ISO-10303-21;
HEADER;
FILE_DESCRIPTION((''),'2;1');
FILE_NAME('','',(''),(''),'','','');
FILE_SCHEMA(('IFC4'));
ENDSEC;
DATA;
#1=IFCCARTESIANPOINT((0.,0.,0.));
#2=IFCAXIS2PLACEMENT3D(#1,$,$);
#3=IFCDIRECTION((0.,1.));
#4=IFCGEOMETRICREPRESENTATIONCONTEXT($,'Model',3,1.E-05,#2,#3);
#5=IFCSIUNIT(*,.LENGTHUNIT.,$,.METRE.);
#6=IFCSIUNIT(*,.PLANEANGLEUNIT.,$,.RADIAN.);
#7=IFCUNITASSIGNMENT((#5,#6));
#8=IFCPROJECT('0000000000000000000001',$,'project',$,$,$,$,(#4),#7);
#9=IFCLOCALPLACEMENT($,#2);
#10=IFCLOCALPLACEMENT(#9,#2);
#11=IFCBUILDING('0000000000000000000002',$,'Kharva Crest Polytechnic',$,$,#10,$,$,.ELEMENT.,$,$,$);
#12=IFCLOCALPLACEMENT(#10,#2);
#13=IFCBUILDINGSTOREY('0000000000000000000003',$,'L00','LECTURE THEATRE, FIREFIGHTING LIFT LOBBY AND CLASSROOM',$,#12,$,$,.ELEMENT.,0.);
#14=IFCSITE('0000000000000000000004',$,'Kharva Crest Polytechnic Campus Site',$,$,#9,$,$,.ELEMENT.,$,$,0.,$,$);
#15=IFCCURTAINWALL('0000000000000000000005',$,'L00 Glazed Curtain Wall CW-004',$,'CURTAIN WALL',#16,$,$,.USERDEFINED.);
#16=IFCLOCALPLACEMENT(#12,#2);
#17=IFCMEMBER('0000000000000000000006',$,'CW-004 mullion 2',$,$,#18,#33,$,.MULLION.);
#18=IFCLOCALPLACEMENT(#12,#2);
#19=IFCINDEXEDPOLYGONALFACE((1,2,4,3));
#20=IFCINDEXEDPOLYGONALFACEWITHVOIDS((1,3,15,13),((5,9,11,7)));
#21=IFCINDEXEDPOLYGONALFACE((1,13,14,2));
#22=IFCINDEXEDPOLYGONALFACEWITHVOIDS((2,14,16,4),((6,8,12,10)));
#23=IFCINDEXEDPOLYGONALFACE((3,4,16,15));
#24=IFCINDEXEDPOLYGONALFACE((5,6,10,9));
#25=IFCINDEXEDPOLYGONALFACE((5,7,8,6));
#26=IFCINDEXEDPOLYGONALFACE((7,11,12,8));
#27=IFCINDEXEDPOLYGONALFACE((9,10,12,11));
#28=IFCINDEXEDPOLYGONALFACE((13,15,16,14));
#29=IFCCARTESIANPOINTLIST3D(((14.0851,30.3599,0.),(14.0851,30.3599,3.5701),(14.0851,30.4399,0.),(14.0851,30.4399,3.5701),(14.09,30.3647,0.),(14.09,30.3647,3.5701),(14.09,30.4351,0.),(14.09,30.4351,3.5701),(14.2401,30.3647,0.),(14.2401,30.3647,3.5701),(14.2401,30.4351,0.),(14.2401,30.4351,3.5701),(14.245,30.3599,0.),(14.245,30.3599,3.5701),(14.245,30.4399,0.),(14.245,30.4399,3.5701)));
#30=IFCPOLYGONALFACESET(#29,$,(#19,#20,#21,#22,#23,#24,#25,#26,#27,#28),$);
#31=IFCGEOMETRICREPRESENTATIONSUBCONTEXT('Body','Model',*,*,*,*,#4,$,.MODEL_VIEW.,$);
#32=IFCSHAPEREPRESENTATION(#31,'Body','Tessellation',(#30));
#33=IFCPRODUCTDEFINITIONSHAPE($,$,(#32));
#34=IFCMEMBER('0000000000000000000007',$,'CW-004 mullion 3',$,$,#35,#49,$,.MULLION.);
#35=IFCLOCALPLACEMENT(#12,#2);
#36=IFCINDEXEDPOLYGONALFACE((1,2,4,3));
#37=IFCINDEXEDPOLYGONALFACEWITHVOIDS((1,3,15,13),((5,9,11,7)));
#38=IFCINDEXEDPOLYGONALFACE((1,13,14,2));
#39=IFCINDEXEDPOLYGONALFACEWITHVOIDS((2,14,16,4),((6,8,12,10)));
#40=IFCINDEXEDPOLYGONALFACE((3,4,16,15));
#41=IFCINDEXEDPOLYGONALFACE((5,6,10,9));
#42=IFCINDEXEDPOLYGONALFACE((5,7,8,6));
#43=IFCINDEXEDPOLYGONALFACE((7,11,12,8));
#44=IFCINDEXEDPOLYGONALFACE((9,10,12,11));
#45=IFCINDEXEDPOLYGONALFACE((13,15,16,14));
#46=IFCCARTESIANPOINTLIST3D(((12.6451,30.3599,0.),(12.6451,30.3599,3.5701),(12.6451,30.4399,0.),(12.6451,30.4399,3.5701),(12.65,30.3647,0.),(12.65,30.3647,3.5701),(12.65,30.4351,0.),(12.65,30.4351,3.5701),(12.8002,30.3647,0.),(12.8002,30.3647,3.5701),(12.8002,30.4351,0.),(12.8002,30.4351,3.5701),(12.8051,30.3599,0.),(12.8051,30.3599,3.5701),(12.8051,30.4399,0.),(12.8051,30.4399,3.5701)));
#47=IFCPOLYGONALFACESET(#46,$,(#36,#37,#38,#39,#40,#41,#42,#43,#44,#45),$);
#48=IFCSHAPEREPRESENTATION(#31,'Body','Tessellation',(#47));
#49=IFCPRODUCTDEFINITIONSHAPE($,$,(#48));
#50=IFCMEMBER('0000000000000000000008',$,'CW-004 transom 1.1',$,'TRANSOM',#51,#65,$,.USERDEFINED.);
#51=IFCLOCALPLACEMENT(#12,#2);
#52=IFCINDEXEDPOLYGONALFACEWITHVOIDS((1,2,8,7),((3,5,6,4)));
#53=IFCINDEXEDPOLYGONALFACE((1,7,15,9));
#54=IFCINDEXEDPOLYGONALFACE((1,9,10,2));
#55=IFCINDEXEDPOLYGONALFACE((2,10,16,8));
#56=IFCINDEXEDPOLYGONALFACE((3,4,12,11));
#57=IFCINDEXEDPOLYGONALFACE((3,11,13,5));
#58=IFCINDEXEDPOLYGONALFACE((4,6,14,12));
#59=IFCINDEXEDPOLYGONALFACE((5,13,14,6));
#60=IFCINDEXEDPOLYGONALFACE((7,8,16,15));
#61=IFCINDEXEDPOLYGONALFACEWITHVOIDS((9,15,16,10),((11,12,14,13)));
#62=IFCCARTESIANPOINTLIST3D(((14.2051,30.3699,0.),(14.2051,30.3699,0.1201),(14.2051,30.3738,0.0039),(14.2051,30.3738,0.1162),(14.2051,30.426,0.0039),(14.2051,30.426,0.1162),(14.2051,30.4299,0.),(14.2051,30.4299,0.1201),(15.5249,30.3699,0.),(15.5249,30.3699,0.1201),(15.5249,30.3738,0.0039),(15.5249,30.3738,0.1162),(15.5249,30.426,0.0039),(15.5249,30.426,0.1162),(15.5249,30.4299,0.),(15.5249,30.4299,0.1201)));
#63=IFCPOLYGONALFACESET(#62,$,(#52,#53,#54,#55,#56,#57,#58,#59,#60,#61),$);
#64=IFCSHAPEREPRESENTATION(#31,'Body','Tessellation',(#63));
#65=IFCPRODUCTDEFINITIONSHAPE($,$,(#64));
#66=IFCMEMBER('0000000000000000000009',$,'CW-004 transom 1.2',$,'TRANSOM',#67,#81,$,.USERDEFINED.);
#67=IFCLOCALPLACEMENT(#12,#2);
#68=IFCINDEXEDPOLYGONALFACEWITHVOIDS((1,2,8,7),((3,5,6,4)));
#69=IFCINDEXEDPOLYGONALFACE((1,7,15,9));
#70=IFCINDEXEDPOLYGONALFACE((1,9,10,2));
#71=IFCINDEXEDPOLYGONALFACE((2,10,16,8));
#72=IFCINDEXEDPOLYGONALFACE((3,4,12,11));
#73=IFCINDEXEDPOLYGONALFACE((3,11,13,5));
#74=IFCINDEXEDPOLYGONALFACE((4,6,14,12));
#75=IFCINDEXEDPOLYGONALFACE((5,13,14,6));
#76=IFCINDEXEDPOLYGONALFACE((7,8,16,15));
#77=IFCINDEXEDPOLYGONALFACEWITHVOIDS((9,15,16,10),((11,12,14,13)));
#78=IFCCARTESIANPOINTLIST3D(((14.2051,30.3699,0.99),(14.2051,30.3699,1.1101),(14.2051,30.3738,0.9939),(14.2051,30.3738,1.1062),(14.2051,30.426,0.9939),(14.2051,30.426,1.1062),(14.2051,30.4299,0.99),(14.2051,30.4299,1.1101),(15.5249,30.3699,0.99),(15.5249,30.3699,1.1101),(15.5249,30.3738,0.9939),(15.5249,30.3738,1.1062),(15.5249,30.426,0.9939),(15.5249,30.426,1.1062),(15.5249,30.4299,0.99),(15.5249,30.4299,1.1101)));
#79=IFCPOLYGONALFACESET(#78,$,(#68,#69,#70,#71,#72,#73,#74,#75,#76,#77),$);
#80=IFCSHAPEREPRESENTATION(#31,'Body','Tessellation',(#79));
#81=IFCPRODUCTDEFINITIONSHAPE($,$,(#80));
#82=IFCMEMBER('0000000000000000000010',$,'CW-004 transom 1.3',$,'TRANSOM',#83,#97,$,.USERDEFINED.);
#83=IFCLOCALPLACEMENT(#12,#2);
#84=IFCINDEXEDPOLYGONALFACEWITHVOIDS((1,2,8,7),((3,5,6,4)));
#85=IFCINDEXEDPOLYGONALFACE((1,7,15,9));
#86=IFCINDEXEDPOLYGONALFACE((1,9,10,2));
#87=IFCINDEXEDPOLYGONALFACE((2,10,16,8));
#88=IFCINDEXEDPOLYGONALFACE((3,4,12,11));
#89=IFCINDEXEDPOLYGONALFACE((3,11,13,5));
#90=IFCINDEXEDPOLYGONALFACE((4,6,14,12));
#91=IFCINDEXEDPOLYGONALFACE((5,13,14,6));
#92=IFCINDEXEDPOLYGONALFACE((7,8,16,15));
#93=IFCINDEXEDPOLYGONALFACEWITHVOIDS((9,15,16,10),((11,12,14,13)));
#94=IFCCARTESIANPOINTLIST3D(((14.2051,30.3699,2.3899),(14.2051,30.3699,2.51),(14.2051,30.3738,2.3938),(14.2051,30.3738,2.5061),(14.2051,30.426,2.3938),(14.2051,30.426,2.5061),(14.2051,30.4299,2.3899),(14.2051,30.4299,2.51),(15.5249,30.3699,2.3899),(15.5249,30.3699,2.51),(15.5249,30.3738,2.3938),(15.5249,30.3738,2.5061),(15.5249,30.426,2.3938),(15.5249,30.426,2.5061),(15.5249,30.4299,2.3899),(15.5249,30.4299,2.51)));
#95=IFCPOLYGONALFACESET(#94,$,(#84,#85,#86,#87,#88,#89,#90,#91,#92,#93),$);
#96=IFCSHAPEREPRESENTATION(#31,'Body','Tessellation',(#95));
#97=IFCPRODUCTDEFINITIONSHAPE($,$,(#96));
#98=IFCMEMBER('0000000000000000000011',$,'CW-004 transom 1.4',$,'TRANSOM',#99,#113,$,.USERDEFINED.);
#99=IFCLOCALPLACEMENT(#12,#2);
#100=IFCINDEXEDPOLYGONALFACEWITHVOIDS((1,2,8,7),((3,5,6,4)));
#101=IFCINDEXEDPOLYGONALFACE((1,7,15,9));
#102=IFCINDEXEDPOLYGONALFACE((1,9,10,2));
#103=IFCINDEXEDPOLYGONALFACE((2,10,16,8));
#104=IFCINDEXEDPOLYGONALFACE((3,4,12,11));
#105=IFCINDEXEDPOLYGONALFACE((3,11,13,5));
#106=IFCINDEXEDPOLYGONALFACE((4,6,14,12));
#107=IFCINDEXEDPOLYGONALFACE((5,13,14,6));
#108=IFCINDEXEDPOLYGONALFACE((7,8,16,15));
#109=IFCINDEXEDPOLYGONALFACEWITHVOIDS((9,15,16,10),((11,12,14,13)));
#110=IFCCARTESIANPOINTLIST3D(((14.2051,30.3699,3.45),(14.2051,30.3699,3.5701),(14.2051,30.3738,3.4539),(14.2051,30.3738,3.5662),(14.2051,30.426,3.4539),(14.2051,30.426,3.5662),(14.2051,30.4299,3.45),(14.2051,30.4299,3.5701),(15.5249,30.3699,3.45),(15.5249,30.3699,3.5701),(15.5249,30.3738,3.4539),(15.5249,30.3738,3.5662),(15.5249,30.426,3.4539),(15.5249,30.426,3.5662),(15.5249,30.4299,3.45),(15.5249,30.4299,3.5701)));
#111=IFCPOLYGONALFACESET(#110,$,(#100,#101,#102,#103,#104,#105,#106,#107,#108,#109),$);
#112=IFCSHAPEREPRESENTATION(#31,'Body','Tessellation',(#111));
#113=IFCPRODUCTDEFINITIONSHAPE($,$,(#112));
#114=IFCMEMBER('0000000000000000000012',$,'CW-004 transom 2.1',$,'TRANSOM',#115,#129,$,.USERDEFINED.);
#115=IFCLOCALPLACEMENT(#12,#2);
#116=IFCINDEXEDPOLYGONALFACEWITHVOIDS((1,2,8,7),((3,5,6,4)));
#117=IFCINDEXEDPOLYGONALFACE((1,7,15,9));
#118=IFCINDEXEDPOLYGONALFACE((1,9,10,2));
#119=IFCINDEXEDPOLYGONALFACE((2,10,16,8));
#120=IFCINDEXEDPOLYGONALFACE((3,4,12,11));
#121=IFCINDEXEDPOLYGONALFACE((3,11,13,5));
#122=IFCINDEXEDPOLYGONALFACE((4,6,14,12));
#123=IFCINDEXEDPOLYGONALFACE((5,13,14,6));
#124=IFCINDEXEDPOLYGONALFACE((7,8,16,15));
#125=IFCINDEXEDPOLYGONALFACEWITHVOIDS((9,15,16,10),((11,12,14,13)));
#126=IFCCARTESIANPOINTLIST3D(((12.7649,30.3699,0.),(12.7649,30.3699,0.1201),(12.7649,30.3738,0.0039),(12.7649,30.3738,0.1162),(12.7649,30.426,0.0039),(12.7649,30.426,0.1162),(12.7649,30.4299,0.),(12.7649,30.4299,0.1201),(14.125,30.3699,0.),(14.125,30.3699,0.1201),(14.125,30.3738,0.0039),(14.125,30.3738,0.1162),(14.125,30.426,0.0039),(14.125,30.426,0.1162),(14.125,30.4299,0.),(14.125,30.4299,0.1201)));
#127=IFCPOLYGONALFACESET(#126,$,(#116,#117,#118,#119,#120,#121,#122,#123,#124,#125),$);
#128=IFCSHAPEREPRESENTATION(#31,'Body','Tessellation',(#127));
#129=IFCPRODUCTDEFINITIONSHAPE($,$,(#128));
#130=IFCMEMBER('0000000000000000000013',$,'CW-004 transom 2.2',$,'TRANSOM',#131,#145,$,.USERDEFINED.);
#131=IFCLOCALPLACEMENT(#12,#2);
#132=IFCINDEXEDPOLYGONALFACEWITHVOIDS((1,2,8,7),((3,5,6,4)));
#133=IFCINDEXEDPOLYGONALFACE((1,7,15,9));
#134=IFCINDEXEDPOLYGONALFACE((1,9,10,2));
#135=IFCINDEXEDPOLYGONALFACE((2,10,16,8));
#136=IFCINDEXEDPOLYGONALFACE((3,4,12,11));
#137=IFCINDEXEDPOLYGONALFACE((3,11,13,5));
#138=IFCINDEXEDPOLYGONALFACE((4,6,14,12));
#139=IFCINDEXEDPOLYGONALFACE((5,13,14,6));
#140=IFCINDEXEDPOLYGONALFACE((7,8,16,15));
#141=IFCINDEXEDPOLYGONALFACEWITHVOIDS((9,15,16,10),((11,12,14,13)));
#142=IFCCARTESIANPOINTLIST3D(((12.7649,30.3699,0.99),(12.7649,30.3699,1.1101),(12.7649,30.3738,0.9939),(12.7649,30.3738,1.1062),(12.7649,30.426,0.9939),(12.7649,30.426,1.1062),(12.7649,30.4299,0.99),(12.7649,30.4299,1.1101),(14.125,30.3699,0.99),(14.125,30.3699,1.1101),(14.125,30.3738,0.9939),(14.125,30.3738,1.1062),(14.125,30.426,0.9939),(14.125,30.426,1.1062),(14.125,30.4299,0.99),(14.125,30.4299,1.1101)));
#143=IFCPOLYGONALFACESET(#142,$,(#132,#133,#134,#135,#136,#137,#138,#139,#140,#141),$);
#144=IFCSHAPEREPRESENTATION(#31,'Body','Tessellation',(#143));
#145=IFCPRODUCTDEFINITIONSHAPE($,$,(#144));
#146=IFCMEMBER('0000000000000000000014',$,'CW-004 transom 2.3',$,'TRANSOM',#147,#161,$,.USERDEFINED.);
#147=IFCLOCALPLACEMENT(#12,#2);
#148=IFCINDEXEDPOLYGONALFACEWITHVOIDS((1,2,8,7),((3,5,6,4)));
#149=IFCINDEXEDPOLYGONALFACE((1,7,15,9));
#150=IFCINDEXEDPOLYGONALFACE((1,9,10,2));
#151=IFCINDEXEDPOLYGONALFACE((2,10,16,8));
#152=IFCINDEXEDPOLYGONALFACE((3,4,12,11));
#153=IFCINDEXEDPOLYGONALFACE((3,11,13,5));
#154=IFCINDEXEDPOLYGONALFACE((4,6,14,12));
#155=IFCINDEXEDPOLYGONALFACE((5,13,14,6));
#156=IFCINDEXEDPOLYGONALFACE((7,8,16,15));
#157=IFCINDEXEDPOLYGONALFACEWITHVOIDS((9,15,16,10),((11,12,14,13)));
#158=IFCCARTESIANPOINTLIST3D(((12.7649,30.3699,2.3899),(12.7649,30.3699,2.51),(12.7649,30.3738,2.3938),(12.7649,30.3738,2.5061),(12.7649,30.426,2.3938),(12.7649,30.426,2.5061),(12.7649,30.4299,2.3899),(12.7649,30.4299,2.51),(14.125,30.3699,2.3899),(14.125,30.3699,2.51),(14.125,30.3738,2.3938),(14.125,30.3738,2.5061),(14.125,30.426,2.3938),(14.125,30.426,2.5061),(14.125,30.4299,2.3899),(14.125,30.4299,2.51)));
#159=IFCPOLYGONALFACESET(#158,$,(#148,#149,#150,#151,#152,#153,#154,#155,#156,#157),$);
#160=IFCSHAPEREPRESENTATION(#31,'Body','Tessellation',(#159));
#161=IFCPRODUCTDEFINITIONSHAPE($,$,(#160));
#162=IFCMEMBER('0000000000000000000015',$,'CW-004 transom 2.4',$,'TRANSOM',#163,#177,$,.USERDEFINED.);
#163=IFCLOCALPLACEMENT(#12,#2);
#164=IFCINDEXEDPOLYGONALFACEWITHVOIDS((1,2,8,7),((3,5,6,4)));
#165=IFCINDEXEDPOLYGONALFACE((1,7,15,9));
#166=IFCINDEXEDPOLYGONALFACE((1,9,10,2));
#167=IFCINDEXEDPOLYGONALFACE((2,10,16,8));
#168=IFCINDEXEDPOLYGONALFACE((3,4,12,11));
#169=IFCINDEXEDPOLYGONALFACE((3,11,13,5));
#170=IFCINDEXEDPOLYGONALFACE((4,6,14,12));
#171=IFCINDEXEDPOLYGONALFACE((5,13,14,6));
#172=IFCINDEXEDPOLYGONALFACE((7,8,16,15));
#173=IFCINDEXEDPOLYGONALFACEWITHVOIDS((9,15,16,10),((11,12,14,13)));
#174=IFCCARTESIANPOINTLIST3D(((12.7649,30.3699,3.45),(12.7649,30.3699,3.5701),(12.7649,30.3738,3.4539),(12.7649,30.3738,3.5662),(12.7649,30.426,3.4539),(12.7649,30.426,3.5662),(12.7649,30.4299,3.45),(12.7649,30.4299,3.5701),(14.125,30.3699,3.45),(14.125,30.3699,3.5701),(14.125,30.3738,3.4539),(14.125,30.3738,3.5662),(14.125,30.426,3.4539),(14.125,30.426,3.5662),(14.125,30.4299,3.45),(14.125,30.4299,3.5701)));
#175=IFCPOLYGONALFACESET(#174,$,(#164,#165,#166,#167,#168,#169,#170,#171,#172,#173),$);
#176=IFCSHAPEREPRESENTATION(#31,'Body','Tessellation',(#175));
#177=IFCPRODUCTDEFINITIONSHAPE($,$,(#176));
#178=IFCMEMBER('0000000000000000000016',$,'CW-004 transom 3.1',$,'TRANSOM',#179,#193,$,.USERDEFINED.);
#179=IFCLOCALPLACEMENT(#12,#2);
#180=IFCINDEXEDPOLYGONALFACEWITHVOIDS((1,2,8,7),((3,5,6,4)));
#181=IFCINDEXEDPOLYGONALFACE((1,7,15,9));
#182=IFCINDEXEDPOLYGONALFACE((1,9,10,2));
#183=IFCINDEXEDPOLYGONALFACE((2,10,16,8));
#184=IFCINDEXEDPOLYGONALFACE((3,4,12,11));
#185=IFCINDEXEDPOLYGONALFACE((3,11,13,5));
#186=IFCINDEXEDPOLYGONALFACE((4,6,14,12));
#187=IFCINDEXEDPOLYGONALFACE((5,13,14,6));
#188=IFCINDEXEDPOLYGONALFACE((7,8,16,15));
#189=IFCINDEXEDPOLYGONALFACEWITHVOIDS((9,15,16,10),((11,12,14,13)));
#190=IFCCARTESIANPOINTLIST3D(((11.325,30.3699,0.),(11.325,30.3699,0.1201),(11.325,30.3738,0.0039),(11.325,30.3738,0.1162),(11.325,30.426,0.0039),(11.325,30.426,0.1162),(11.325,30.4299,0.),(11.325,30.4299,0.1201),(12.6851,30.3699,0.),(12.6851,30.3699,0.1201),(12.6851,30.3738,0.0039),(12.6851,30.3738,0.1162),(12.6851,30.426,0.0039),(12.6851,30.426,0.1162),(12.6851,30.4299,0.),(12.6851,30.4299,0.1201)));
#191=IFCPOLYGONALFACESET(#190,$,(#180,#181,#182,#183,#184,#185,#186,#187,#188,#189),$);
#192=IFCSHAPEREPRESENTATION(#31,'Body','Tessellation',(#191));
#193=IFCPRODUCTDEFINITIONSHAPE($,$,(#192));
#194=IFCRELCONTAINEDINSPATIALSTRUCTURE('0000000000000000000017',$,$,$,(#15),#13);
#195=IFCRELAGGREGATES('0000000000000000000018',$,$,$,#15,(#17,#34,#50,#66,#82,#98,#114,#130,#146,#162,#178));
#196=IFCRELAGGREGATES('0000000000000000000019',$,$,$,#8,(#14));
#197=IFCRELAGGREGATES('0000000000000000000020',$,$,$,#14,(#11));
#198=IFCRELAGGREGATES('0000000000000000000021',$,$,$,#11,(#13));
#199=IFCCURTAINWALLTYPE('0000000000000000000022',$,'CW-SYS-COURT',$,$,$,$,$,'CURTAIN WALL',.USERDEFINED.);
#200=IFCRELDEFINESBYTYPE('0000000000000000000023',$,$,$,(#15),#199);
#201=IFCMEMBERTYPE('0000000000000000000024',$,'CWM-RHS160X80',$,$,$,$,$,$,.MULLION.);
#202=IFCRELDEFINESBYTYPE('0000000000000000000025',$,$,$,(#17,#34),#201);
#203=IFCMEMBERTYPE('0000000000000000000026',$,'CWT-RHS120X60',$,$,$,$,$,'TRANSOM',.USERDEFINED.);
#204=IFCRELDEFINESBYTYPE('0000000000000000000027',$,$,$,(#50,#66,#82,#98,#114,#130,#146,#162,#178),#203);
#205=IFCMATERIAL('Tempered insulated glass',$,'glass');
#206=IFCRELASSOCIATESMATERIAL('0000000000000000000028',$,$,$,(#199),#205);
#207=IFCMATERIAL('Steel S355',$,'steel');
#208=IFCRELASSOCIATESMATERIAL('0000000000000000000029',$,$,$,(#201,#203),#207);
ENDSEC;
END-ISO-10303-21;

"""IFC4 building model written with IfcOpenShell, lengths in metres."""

from ifc_helpers import new_model, si_unit, direction, frame, origin, origin_2d, place, context, subcontext, project, spatial, hollow_rectangle, extrude, material, material_profile, profile_set, type_object, element, aggregate, save


model = new_model("IFC4")

# Units and contexts
model_context = context("Model", 3, precision=1e-05, world=origin(), true_north=direction((0.0, 1.0)))
body_context = subcontext(model_context, "Body", "Model", "MODEL_VIEW")
ifc_project = project(units=[si_unit("LENGTHUNIT", "METRE"), si_unit("PLANEANGLEUNIT", "RADIAN")], contexts=[model_context])

# Site, building, storey
site_placement = place(None, origin())
site = spatial("IfcSite", under=ifc_project, at=site_placement, Name="Kharva Crest Polytechnic Campus Site", CompositionType="ELEMENT", RefElevation=0.0)
building_placement = place(site_placement, origin())
building = spatial("IfcBuilding", under=site, at=building_placement, Name="Kharva Crest Polytechnic", CompositionType="ELEMENT")
storey_placement = place(building_placement, origin())
storey = spatial("IfcBuildingStorey", under=building, at=storey_placement, Name="L00", Description="LECTURE THEATRE, FIREFIGHTING LIFT LOBBY AND CLASSROOM", CompositionType="ELEMENT", Elevation=0.0)

# Shared definitions
ifc_material_1 = material(Name="Tempered insulated glass", Category="glass")
curtain_wall_type = type_object("IfcCurtainWallType", Name="CW-SYS-COURT", ElementType="CURTAIN WALL", PredefinedType="USERDEFINED", material=ifc_material_1)
ifc_material_2 = material(Name="Steel S355", Category="steel")
ifc_material_profile_1 = material_profile(ifc_material_2, hollow_rectangle(XDim=0.0801, YDim=0.1599, WallThickness=0.0049, at=origin_2d()), Name="RHS 160X80X5.0")
ifc_profile_set_1 = profile_set([ifc_material_profile_1], Name="Steel S355")
member_type_1 = type_object("IfcMemberType", Name="CWM-RHS160X80", PredefinedType="MULLION", material=ifc_profile_set_1)

# Curtain wall, members
curtain_wall_1_placement = place(storey_placement, origin())
curtain_wall_1 = element("IfcCurtainWall", 1, at=curtain_wall_1_placement, inside=storey, type_object=curtain_wall_type, Name="L00 Glazed Curtain Wall CW-004", ObjectType="CURTAIN WALL", PredefinedType="USERDEFINED")
member_1_placement = place(storey_placement, frame((14.165, 30.3999, 0.0), z_axis=(0.0, 0.0, 1.0), x_axis=(0.0, -1.0, 0.0)))
member_1 = element("IfcMember", 2, at=member_1_placement, type_object=member_type_1, Name="CW-004 mullion 2", PredefinedType="MULLION", context=body_context, shape_type="SweptSolid", body=[
    extrude(hollow_rectangle(XDim=0.0801, YDim=0.1599, WallThickness=0.0049, at=origin_2d()), origin(), (0.0, 0.0, 1.0), 3.5701),
])
member_2_placement = place(storey_placement, frame((12.7251, 30.3999, 0.0), z_axis=(0.0, 0.0, 1.0), x_axis=(0.0, -1.0, 0.0)))
member_2 = element("IfcMember", 3, at=member_2_placement, type_object=member_type_1, Name="CW-004 mullion 3", PredefinedType="MULLION", context=body_context, shape_type="SweptSolid", body=[
    extrude(hollow_rectangle(XDim=0.0801, YDim=0.1599, WallThickness=0.0049, at=origin_2d()), origin(), (0.0, 0.0, 1.0), 3.5701),
])
ifc_material_profile_2 = material_profile(ifc_material_2, hollow_rectangle(XDim=0.0601, YDim=0.1201, WallThickness=0.0039, at=origin_2d()), Name="RHS 120X60X4.0")
ifc_profile_set_2 = profile_set([ifc_material_profile_2], Name="Steel S355")
member_type_2 = type_object("IfcMemberType", Name="CWT-RHS120X60", ElementType="TRANSOM", PredefinedType="USERDEFINED", material=ifc_profile_set_2)
member_3_placement = place(storey_placement, frame((15.5249, 30.3999, 0.0601), z_axis=(-1.0, 0.0, 0.0), x_axis=(0.0, -1.0, 0.0)))
member_3 = element("IfcMember", 4, at=member_3_placement, type_object=member_type_2, Name="CW-004 transom 1.1", ObjectType="TRANSOM", PredefinedType="USERDEFINED", context=body_context, shape_type="SweptSolid", body=[
    extrude(hollow_rectangle(XDim=0.0601, YDim=0.1201, WallThickness=0.0039, at=origin_2d()), origin(), (0.0, 0.0, 1.0), 1.3198),
])
member_4_placement = place(storey_placement, frame((15.5249, 30.3999, 1.05), z_axis=(-1.0, 0.0, 0.0), x_axis=(0.0, -1.0, 0.0)))
member_4 = element("IfcMember", 5, at=member_4_placement, type_object=member_type_2, Name="CW-004 transom 1.2", ObjectType="TRANSOM", PredefinedType="USERDEFINED", context=body_context, shape_type="SweptSolid", body=[
    extrude(hollow_rectangle(XDim=0.0601, YDim=0.1201, WallThickness=0.0039, at=origin_2d()), origin(), (0.0, 0.0, 1.0), 1.3198),
])
member_5_placement = place(storey_placement, frame((15.5249, 30.3999, 2.45), z_axis=(-1.0, 0.0, 0.0), x_axis=(0.0, -1.0, 0.0)))
member_5 = element("IfcMember", 6, at=member_5_placement, type_object=member_type_2, Name="CW-004 transom 1.3", ObjectType="TRANSOM", PredefinedType="USERDEFINED", context=body_context, shape_type="SweptSolid", body=[
    extrude(hollow_rectangle(XDim=0.0601, YDim=0.1201, WallThickness=0.0039, at=origin_2d()), origin(), (0.0, 0.0, 1.0), 1.3198),
])
member_6_placement = place(storey_placement, frame((15.5249, 30.3999, 3.51), z_axis=(-1.0, 0.0, 0.0), x_axis=(0.0, -1.0, 0.0)))
member_6 = element("IfcMember", 7, at=member_6_placement, type_object=member_type_2, Name="CW-004 transom 1.4", ObjectType="TRANSOM", PredefinedType="USERDEFINED", context=body_context, shape_type="SweptSolid", body=[
    extrude(hollow_rectangle(XDim=0.0601, YDim=0.1201, WallThickness=0.0039, at=origin_2d()), origin(), (0.0, 0.0, 1.0), 1.3198),
])
member_7_placement = place(storey_placement, frame((14.125, 30.3999, 0.0601), z_axis=(-1.0, 0.0, 0.0), x_axis=(0.0, -1.0, 0.0)))
member_7 = element("IfcMember", 8, at=member_7_placement, type_object=member_type_2, Name="CW-004 transom 2.1", ObjectType="TRANSOM", PredefinedType="USERDEFINED", context=body_context, shape_type="SweptSolid", body=[
    extrude(hollow_rectangle(XDim=0.0601, YDim=0.1201, WallThickness=0.0039, at=origin_2d()), origin(), (0.0, 0.0, 1.0), 1.3601),
])
member_8_placement = place(storey_placement, frame((14.125, 30.3999, 1.05), z_axis=(-1.0, 0.0, 0.0), x_axis=(0.0, -1.0, 0.0)))
member_8 = element("IfcMember", 9, at=member_8_placement, type_object=member_type_2, Name="CW-004 transom 2.2", ObjectType="TRANSOM", PredefinedType="USERDEFINED", context=body_context, shape_type="SweptSolid", body=[
    extrude(hollow_rectangle(XDim=0.0601, YDim=0.1201, WallThickness=0.0039, at=origin_2d()), origin(), (0.0, 0.0, 1.0), 1.3601),
])
member_9_placement = place(storey_placement, frame((14.125, 30.3999, 2.45), z_axis=(-1.0, 0.0, 0.0), x_axis=(0.0, -1.0, 0.0)))
member_9 = element("IfcMember", 10, at=member_9_placement, type_object=member_type_2, Name="CW-004 transom 2.3", ObjectType="TRANSOM", PredefinedType="USERDEFINED", context=body_context, shape_type="SweptSolid", body=[
    extrude(hollow_rectangle(XDim=0.0601, YDim=0.1201, WallThickness=0.0039, at=origin_2d()), origin(), (0.0, 0.0, 1.0), 1.3601),
])
member_10_placement = place(storey_placement, frame((14.125, 30.3999, 3.51), z_axis=(-1.0, 0.0, 0.0), x_axis=(0.0, -1.0, 0.0)))
member_10 = element("IfcMember", 11, at=member_10_placement, type_object=member_type_2, Name="CW-004 transom 2.4", ObjectType="TRANSOM", PredefinedType="USERDEFINED", context=body_context, shape_type="SweptSolid", body=[
    extrude(hollow_rectangle(XDim=0.0601, YDim=0.1201, WallThickness=0.0039, at=origin_2d()), origin(), (0.0, 0.0, 1.0), 1.3601),
])
member_11_placement = place(storey_placement, frame((12.6851, 30.3999, 0.0601), z_axis=(-1.0, 0.0, 0.0), x_axis=(0.0, -1.0, 0.0)))
member_11 = element("IfcMember", 12, at=member_11_placement, type_object=member_type_2, Name="CW-004 transom 3.1", ObjectType="TRANSOM", PredefinedType="USERDEFINED", context=body_context, shape_type="SweptSolid", body=[
    extrude(hollow_rectangle(XDim=0.0601, YDim=0.1201, WallThickness=0.0039, at=origin_2d()), origin(), (0.0, 0.0, 1.0), 1.3601),
])

aggregate(curtain_wall_1, [member_1, member_2, member_3, member_4, member_5, member_6, member_7, member_8, member_9, member_10, member_11])

save(model, "model.ifc")
